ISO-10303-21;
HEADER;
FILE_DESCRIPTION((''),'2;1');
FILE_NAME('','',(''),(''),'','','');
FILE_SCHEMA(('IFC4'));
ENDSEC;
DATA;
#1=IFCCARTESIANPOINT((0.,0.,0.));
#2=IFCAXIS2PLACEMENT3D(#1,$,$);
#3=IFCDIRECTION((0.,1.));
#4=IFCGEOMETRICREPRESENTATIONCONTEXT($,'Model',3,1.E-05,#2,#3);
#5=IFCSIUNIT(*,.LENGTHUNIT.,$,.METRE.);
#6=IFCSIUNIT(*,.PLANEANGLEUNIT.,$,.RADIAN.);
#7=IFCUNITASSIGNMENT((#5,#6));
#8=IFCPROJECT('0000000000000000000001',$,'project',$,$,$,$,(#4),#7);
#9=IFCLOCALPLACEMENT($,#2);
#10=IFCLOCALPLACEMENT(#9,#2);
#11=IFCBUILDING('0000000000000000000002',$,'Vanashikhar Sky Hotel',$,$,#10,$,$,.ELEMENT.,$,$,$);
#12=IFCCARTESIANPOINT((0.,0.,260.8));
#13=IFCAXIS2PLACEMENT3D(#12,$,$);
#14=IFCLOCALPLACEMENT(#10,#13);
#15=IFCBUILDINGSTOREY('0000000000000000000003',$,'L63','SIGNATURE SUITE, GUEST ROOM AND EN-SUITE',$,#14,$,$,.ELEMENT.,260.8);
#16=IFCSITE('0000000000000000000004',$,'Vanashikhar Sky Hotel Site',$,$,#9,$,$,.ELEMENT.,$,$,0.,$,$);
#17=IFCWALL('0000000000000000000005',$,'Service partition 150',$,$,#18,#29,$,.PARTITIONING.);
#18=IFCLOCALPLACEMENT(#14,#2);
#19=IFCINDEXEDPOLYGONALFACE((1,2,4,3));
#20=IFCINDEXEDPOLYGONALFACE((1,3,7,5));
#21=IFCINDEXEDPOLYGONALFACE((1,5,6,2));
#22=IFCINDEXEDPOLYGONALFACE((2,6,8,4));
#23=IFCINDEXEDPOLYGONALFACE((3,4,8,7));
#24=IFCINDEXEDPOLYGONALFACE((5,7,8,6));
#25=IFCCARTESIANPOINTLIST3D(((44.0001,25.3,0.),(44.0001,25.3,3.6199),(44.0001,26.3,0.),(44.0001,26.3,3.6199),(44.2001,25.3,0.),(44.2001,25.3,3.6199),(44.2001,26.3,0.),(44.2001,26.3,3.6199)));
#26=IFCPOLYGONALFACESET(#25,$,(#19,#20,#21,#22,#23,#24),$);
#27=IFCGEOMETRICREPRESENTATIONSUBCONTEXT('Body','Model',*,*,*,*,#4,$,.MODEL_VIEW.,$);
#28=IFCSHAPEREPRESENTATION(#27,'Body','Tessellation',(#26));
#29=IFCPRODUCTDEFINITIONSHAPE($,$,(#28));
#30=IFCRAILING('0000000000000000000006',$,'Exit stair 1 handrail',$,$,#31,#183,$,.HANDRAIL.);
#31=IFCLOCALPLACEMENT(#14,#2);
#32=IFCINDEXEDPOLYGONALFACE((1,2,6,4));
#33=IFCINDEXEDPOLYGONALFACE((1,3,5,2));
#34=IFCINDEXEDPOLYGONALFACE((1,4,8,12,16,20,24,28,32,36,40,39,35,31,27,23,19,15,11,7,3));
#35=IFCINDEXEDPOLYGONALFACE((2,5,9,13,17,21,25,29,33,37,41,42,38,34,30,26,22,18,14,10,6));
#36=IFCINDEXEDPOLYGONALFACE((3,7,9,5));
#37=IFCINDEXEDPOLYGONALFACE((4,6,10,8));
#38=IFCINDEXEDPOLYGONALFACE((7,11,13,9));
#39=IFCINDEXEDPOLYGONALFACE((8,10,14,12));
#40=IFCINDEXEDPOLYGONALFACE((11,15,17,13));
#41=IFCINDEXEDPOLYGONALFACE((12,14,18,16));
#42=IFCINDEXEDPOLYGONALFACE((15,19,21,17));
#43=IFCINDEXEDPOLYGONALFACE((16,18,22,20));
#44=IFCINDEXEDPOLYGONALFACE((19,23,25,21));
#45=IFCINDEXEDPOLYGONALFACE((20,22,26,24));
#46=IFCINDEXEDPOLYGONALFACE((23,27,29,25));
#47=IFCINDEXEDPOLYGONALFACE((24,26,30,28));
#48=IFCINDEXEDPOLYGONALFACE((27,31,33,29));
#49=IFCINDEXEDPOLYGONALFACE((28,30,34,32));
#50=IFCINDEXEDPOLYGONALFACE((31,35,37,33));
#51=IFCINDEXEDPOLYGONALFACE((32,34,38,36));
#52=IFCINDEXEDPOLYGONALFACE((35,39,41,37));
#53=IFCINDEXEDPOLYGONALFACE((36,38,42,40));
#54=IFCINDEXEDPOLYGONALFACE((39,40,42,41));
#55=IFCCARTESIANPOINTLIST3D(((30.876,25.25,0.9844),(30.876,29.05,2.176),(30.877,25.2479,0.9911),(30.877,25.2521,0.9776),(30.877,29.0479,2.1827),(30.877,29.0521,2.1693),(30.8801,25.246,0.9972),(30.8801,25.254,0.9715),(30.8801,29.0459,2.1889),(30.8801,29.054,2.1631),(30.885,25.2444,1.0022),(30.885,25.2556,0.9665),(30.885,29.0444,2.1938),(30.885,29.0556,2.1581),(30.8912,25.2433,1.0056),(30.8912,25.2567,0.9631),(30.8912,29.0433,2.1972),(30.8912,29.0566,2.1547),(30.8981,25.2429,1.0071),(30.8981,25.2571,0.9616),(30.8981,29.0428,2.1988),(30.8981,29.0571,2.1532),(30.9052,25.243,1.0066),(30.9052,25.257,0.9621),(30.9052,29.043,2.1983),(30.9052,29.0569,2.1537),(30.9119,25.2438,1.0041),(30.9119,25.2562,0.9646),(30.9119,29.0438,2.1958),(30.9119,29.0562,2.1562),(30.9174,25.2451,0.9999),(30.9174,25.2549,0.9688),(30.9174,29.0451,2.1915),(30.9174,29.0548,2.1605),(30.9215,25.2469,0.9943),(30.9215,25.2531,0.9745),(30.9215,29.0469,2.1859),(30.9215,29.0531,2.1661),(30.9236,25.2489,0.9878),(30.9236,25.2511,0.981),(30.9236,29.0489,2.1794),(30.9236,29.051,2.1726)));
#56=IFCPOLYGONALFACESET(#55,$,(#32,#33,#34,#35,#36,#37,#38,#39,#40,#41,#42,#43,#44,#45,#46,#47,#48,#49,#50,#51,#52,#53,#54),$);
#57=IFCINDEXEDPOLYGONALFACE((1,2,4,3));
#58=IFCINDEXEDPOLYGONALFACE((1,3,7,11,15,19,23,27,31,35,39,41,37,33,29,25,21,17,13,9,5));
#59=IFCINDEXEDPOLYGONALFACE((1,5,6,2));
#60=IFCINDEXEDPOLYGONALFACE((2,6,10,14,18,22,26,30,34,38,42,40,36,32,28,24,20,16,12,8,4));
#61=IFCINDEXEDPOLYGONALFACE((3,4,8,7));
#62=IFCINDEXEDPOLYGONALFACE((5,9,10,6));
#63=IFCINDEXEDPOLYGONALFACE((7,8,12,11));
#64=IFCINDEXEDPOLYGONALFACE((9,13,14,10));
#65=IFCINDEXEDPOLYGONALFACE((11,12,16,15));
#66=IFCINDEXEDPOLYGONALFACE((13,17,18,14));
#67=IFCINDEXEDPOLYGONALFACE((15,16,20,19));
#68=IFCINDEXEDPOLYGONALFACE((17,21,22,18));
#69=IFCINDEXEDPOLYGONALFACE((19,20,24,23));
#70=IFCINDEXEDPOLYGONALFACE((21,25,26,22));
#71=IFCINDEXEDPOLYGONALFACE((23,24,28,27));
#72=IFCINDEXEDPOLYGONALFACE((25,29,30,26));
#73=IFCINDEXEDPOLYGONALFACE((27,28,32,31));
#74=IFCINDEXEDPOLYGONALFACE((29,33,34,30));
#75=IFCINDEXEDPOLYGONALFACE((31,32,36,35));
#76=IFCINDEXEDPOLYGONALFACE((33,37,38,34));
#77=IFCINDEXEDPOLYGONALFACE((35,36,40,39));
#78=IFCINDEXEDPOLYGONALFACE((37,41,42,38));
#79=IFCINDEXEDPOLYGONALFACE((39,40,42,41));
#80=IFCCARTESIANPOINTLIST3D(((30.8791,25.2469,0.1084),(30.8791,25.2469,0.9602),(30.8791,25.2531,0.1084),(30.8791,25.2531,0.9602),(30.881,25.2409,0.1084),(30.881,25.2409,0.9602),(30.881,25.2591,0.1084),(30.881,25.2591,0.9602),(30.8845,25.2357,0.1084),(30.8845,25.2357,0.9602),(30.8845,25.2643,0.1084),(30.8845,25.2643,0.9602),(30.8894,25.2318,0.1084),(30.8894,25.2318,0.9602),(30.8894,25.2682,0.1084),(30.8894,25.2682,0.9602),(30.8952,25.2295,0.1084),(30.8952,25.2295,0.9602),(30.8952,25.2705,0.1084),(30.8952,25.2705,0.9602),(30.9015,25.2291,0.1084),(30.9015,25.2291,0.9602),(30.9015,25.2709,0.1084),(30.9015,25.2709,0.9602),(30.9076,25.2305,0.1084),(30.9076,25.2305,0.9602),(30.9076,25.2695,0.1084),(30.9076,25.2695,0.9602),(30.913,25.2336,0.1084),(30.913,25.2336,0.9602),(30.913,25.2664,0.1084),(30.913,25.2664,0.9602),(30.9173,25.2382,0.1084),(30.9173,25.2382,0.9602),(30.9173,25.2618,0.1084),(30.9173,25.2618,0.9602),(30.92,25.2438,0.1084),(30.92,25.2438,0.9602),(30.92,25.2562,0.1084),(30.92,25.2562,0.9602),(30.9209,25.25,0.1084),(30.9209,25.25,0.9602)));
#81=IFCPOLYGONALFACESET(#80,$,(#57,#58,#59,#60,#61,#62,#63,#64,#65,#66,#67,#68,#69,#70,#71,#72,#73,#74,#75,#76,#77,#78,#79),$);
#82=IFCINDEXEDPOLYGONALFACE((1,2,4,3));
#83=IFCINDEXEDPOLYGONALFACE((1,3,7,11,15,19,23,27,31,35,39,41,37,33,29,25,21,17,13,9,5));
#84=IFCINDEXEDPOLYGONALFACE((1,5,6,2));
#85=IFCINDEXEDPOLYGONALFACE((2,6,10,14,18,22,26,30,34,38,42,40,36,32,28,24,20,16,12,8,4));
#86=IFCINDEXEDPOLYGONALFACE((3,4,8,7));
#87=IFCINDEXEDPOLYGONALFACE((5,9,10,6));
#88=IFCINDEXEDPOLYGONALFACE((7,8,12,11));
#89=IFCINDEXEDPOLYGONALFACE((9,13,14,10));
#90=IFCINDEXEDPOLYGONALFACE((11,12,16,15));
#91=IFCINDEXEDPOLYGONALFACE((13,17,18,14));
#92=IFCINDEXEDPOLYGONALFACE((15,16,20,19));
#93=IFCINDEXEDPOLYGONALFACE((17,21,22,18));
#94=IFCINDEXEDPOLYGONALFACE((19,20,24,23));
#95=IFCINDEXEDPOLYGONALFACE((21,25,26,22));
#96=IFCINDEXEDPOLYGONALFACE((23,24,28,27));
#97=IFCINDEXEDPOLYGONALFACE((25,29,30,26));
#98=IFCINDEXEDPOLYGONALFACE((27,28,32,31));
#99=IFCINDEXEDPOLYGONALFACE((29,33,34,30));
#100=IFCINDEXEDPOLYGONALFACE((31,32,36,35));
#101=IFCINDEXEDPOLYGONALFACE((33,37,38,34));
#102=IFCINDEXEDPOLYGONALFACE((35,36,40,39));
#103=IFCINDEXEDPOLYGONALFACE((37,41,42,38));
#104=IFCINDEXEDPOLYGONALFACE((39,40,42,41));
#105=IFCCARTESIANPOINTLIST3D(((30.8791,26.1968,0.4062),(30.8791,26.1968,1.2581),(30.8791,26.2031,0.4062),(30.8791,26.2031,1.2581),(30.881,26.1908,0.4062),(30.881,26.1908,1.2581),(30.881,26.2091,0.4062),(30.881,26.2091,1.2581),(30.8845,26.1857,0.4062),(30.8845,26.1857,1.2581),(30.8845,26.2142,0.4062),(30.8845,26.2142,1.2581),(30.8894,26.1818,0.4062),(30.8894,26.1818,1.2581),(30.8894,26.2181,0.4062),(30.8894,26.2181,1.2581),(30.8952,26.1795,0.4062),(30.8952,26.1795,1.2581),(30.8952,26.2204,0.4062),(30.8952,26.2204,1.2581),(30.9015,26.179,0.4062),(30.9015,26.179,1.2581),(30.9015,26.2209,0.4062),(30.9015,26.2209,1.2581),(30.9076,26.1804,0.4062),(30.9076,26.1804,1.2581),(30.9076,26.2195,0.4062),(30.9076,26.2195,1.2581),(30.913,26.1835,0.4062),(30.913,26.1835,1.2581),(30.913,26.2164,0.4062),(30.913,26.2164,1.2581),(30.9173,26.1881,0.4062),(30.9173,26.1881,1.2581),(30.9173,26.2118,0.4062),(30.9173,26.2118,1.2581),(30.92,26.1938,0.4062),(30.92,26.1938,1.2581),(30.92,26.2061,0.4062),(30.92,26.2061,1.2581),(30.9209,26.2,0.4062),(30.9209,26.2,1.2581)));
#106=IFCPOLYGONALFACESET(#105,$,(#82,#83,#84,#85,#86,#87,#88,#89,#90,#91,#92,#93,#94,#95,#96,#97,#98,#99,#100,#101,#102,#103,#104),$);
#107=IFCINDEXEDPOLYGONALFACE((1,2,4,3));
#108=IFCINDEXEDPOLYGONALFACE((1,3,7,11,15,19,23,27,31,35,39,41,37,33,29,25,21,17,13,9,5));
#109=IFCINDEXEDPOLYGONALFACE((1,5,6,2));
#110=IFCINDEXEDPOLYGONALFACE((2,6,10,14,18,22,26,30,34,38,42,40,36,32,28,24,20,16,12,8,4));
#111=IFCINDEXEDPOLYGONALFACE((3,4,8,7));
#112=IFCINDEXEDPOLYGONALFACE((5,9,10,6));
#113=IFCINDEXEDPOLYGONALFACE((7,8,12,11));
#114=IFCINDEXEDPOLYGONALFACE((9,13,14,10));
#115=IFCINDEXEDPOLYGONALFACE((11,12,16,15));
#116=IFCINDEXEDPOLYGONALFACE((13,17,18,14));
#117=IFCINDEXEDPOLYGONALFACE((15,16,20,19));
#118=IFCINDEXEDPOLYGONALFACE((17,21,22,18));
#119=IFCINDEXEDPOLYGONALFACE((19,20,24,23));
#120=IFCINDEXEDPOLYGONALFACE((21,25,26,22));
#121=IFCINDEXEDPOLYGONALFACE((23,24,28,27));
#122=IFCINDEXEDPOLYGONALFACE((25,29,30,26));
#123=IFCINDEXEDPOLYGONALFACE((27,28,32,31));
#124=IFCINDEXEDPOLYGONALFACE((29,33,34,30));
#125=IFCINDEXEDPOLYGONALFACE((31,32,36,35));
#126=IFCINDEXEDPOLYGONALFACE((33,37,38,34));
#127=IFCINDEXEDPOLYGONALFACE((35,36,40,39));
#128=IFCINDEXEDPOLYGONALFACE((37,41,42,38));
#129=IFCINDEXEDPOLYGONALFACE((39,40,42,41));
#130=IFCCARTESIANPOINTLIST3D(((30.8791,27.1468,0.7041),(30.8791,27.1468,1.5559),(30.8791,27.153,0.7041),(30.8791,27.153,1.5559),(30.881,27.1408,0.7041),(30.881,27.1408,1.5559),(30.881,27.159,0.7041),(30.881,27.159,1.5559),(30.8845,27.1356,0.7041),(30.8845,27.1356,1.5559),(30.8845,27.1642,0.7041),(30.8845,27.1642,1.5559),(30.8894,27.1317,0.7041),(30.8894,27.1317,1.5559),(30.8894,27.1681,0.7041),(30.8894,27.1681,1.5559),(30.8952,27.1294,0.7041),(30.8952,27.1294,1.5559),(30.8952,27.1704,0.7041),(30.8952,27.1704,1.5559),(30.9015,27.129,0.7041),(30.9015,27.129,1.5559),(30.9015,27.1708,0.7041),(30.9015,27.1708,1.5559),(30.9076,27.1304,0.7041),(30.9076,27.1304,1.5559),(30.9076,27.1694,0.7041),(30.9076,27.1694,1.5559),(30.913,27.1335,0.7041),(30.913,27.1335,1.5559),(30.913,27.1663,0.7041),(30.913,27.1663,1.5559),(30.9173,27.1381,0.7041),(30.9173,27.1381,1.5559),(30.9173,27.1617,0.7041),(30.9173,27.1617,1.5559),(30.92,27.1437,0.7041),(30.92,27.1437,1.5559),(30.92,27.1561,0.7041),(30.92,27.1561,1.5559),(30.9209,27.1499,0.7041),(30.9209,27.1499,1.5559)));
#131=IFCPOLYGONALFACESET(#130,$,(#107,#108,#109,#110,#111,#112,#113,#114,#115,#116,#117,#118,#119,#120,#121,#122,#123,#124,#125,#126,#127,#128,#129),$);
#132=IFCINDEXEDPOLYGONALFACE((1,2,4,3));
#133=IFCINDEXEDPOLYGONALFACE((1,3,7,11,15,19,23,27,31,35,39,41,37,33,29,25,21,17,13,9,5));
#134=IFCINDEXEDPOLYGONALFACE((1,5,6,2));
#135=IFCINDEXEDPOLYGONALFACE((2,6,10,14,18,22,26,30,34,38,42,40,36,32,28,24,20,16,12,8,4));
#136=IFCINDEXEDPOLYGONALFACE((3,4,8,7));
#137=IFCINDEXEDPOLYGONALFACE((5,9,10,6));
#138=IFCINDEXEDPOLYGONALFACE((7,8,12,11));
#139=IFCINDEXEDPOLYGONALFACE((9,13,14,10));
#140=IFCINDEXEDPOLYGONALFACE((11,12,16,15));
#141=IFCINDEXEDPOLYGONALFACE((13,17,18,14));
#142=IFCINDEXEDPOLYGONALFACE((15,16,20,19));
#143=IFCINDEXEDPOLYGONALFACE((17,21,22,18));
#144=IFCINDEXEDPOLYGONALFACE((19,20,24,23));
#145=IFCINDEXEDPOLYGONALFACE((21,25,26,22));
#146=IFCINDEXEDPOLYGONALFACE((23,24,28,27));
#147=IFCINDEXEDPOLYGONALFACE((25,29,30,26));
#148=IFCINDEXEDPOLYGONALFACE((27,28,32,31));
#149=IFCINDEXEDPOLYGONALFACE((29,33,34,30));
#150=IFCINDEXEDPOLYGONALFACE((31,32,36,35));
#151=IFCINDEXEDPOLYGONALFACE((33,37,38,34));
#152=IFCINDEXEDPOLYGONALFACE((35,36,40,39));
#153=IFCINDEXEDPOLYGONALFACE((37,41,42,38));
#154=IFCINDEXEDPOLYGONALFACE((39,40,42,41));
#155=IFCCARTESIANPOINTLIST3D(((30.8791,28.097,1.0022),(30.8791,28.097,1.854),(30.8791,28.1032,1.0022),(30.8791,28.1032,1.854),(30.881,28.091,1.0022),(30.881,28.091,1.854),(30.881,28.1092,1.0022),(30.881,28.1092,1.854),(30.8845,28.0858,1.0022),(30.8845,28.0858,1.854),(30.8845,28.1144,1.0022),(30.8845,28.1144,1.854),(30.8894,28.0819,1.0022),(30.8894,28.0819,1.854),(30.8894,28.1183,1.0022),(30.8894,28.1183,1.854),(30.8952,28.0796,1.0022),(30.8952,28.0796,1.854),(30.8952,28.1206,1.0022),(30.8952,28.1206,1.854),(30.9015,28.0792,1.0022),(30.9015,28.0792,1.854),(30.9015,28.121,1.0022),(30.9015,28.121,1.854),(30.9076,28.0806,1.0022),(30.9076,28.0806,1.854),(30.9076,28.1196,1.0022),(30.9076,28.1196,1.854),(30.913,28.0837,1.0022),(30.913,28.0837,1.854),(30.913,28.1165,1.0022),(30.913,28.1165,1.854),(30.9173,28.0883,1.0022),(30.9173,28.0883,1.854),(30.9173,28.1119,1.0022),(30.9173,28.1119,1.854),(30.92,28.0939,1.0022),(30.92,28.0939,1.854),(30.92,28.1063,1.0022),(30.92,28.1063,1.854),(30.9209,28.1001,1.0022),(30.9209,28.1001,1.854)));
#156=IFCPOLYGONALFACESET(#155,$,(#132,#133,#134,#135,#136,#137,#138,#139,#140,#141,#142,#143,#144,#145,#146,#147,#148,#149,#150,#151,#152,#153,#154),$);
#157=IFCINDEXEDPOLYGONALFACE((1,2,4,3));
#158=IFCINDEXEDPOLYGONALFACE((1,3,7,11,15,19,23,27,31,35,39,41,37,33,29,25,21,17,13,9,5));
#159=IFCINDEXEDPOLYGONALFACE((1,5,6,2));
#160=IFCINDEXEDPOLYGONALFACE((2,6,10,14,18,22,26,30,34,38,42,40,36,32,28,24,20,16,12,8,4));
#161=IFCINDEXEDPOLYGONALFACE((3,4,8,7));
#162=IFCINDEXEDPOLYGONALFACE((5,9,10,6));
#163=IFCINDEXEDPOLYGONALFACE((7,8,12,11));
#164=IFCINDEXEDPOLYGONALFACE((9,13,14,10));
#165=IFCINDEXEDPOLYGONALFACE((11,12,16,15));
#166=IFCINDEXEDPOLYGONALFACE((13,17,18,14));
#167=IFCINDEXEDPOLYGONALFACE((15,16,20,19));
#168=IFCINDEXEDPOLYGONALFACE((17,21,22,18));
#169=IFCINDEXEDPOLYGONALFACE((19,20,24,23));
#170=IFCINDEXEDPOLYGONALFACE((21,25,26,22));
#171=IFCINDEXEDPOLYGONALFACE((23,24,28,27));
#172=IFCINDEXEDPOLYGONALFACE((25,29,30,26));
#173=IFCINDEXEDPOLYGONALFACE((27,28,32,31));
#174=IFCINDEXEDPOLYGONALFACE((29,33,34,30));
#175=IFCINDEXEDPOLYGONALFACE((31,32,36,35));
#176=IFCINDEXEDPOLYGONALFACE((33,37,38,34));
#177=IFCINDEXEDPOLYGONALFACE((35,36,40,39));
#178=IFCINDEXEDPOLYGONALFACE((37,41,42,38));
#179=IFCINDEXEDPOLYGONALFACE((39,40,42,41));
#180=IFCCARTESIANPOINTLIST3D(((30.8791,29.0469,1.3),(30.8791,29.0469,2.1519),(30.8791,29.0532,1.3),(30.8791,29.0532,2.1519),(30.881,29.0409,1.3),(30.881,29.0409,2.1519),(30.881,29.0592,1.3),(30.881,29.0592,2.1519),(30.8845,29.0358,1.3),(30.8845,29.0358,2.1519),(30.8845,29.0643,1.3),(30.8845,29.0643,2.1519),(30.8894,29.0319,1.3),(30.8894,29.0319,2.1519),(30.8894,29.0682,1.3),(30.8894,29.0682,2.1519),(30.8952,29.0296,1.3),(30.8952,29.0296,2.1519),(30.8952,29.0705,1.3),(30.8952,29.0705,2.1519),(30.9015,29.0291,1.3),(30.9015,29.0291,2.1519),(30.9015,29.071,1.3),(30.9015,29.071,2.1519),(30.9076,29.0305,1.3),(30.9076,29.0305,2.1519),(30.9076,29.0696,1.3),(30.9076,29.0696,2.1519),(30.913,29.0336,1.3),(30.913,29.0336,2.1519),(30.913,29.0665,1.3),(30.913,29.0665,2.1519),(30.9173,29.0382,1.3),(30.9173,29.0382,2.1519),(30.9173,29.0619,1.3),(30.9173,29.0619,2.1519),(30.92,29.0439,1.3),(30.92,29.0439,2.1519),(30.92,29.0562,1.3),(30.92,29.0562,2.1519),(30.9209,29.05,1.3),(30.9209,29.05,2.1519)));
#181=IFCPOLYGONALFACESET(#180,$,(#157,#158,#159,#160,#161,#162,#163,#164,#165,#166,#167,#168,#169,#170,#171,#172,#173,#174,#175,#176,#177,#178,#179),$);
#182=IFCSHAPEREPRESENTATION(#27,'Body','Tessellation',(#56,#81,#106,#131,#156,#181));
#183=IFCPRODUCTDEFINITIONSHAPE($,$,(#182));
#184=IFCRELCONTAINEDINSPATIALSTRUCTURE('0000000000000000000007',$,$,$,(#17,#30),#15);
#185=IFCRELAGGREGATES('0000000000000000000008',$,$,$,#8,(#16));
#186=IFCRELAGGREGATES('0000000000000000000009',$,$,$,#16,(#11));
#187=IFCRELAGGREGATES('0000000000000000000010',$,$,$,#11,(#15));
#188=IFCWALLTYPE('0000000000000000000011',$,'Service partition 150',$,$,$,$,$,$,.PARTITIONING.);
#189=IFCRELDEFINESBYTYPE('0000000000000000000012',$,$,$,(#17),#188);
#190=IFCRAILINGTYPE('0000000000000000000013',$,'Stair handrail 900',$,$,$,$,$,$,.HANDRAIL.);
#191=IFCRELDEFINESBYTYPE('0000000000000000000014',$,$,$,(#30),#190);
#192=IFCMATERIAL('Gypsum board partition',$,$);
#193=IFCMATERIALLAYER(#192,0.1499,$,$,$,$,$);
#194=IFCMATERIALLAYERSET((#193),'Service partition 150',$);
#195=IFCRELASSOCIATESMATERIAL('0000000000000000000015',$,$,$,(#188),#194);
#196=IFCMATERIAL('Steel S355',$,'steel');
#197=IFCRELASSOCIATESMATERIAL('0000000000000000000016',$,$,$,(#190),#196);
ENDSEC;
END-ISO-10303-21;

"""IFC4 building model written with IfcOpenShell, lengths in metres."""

from ifc_helpers import new_model, si_unit, direction, frame, frame_2d, origin, origin_2d, place, context, subcontext, project, spatial, rectangle, circle, extrude, source, transform, mapped, material, layer, layer_set, type_object, element, save


model = new_model("IFC4")

# Units and contexts
model_context = context("Model", 3, precision=1e-05, world=origin(), true_north=direction((0.0, 1.0)))
body_context = subcontext(model_context, "Body", "Model", "MODEL_VIEW")
ifc_project = project(units=[si_unit("LENGTHUNIT", "METRE"), si_unit("PLANEANGLEUNIT", "RADIAN")], contexts=[model_context])

# Site, building, storey
site_placement = place(None, origin())
site = spatial("IfcSite", under=ifc_project, at=site_placement, Name="Vanashikhar Sky Hotel Site", CompositionType="ELEMENT", RefElevation=0.0)
building_placement = place(site_placement, origin())
building = spatial("IfcBuilding", under=site, at=building_placement, Name="Vanashikhar Sky Hotel", CompositionType="ELEMENT")
storey_placement = place(building_placement, frame((0.0, 0.0, 260.8)))
storey = spatial("IfcBuildingStorey", under=building, at=storey_placement, Name="L63", Description="SIGNATURE SUITE, GUEST ROOM AND EN-SUITE", CompositionType="ELEMENT", Elevation=260.8)

# Shared definitions
ifc_material_1 = material(Name="Gypsum board partition")
ifc_layer_1 = layer(ifc_material_1, 0.1499)
ifc_layer_set_1 = layer_set([ifc_layer_1], Name="Service partition 150")
wall_type_1 = type_object("IfcWallType", Name="Service partition 150", PredefinedType="PARTITIONING", material=ifc_layer_set_1)

# Wall
shared_shape_1 = source(origin(), body_context, "Body", "SweptSolid", [
    extrude(rectangle(XDim=1.0, YDim=0.2, at=frame_2d((0.5, 0.0))), origin(), (0.0, 0.0, 1.0), 3.6199),
])
wall_1_placement = place(storey_placement, frame((44.1001, 25.3, 0.0), z_axis=(0.0, 0.0, 1.0), x_axis=(0.0, 1.0, 0.0)))
element("IfcWall", 1, at=wall_1_placement, inside=storey, type_object=wall_type_1, Name="Service partition 150", PredefinedType="PARTITIONING", context=body_context, shape_type="MappedRepresentation", body=[
    mapped(shared_shape_1, transform((0.0, 0.0, 0.0), scale=1.0)),
])

# Railing
ifc_material_2 = material(Name="Steel S355", Category="steel")
railing_type = type_object("IfcRailingType", Name="Stair handrail 900", PredefinedType="HANDRAIL", material=ifc_material_2)
shared_shape_2 = source(origin(), body_context, "Body", "SweptSolid", [
    extrude(circle(Radius=0.0239, at=origin_2d()), frame((0.0, 0.0, 0.876), z_axis=(0.0, 0.954184, 0.299221), x_axis=(-1.0, 0.0, 0.0)), (0.0, 0.0, 1.0), 3.9824),
    extrude(circle(Radius=0.021, at=origin_2d()), origin(), (0.0, 0.0, 1.0), 0.8518),
    extrude(circle(Radius=0.021, at=origin_2d()), frame((0.0, 0.95, 0.2979)), (0.0, 0.0, 1.0), 0.8518),
    extrude(circle(Radius=0.021, at=origin_2d()), frame((0.0, 1.8999, 0.5957)), (0.0, 0.0, 1.0), 0.8518),
    extrude(circle(Radius=0.021, at=origin_2d()), frame((0.0, 2.8501, 0.8938)), (0.0, 0.0, 1.0), 0.8518),
    extrude(circle(Radius=0.021, at=origin_2d()), frame((0.0, 3.8, 1.1917)), (0.0, 0.0, 1.0), 0.8518),
])
for number, where, name in (
    (2, (30.8999, 25.25, 0.1084), "Exit stair 1 handrail"),
):
    element("IfcRailing", number, at=place(storey_placement, frame(where)), inside=storey, type_object=railing_type, Name=name, PredefinedType="HANDRAIL", context=body_context, shape_type="MappedRepresentation", body=[
        mapped(shared_shape_2, transform((0.0, 0.0, 0.0), scale=1.0)),
    ])

save(model, "model.ifc")
